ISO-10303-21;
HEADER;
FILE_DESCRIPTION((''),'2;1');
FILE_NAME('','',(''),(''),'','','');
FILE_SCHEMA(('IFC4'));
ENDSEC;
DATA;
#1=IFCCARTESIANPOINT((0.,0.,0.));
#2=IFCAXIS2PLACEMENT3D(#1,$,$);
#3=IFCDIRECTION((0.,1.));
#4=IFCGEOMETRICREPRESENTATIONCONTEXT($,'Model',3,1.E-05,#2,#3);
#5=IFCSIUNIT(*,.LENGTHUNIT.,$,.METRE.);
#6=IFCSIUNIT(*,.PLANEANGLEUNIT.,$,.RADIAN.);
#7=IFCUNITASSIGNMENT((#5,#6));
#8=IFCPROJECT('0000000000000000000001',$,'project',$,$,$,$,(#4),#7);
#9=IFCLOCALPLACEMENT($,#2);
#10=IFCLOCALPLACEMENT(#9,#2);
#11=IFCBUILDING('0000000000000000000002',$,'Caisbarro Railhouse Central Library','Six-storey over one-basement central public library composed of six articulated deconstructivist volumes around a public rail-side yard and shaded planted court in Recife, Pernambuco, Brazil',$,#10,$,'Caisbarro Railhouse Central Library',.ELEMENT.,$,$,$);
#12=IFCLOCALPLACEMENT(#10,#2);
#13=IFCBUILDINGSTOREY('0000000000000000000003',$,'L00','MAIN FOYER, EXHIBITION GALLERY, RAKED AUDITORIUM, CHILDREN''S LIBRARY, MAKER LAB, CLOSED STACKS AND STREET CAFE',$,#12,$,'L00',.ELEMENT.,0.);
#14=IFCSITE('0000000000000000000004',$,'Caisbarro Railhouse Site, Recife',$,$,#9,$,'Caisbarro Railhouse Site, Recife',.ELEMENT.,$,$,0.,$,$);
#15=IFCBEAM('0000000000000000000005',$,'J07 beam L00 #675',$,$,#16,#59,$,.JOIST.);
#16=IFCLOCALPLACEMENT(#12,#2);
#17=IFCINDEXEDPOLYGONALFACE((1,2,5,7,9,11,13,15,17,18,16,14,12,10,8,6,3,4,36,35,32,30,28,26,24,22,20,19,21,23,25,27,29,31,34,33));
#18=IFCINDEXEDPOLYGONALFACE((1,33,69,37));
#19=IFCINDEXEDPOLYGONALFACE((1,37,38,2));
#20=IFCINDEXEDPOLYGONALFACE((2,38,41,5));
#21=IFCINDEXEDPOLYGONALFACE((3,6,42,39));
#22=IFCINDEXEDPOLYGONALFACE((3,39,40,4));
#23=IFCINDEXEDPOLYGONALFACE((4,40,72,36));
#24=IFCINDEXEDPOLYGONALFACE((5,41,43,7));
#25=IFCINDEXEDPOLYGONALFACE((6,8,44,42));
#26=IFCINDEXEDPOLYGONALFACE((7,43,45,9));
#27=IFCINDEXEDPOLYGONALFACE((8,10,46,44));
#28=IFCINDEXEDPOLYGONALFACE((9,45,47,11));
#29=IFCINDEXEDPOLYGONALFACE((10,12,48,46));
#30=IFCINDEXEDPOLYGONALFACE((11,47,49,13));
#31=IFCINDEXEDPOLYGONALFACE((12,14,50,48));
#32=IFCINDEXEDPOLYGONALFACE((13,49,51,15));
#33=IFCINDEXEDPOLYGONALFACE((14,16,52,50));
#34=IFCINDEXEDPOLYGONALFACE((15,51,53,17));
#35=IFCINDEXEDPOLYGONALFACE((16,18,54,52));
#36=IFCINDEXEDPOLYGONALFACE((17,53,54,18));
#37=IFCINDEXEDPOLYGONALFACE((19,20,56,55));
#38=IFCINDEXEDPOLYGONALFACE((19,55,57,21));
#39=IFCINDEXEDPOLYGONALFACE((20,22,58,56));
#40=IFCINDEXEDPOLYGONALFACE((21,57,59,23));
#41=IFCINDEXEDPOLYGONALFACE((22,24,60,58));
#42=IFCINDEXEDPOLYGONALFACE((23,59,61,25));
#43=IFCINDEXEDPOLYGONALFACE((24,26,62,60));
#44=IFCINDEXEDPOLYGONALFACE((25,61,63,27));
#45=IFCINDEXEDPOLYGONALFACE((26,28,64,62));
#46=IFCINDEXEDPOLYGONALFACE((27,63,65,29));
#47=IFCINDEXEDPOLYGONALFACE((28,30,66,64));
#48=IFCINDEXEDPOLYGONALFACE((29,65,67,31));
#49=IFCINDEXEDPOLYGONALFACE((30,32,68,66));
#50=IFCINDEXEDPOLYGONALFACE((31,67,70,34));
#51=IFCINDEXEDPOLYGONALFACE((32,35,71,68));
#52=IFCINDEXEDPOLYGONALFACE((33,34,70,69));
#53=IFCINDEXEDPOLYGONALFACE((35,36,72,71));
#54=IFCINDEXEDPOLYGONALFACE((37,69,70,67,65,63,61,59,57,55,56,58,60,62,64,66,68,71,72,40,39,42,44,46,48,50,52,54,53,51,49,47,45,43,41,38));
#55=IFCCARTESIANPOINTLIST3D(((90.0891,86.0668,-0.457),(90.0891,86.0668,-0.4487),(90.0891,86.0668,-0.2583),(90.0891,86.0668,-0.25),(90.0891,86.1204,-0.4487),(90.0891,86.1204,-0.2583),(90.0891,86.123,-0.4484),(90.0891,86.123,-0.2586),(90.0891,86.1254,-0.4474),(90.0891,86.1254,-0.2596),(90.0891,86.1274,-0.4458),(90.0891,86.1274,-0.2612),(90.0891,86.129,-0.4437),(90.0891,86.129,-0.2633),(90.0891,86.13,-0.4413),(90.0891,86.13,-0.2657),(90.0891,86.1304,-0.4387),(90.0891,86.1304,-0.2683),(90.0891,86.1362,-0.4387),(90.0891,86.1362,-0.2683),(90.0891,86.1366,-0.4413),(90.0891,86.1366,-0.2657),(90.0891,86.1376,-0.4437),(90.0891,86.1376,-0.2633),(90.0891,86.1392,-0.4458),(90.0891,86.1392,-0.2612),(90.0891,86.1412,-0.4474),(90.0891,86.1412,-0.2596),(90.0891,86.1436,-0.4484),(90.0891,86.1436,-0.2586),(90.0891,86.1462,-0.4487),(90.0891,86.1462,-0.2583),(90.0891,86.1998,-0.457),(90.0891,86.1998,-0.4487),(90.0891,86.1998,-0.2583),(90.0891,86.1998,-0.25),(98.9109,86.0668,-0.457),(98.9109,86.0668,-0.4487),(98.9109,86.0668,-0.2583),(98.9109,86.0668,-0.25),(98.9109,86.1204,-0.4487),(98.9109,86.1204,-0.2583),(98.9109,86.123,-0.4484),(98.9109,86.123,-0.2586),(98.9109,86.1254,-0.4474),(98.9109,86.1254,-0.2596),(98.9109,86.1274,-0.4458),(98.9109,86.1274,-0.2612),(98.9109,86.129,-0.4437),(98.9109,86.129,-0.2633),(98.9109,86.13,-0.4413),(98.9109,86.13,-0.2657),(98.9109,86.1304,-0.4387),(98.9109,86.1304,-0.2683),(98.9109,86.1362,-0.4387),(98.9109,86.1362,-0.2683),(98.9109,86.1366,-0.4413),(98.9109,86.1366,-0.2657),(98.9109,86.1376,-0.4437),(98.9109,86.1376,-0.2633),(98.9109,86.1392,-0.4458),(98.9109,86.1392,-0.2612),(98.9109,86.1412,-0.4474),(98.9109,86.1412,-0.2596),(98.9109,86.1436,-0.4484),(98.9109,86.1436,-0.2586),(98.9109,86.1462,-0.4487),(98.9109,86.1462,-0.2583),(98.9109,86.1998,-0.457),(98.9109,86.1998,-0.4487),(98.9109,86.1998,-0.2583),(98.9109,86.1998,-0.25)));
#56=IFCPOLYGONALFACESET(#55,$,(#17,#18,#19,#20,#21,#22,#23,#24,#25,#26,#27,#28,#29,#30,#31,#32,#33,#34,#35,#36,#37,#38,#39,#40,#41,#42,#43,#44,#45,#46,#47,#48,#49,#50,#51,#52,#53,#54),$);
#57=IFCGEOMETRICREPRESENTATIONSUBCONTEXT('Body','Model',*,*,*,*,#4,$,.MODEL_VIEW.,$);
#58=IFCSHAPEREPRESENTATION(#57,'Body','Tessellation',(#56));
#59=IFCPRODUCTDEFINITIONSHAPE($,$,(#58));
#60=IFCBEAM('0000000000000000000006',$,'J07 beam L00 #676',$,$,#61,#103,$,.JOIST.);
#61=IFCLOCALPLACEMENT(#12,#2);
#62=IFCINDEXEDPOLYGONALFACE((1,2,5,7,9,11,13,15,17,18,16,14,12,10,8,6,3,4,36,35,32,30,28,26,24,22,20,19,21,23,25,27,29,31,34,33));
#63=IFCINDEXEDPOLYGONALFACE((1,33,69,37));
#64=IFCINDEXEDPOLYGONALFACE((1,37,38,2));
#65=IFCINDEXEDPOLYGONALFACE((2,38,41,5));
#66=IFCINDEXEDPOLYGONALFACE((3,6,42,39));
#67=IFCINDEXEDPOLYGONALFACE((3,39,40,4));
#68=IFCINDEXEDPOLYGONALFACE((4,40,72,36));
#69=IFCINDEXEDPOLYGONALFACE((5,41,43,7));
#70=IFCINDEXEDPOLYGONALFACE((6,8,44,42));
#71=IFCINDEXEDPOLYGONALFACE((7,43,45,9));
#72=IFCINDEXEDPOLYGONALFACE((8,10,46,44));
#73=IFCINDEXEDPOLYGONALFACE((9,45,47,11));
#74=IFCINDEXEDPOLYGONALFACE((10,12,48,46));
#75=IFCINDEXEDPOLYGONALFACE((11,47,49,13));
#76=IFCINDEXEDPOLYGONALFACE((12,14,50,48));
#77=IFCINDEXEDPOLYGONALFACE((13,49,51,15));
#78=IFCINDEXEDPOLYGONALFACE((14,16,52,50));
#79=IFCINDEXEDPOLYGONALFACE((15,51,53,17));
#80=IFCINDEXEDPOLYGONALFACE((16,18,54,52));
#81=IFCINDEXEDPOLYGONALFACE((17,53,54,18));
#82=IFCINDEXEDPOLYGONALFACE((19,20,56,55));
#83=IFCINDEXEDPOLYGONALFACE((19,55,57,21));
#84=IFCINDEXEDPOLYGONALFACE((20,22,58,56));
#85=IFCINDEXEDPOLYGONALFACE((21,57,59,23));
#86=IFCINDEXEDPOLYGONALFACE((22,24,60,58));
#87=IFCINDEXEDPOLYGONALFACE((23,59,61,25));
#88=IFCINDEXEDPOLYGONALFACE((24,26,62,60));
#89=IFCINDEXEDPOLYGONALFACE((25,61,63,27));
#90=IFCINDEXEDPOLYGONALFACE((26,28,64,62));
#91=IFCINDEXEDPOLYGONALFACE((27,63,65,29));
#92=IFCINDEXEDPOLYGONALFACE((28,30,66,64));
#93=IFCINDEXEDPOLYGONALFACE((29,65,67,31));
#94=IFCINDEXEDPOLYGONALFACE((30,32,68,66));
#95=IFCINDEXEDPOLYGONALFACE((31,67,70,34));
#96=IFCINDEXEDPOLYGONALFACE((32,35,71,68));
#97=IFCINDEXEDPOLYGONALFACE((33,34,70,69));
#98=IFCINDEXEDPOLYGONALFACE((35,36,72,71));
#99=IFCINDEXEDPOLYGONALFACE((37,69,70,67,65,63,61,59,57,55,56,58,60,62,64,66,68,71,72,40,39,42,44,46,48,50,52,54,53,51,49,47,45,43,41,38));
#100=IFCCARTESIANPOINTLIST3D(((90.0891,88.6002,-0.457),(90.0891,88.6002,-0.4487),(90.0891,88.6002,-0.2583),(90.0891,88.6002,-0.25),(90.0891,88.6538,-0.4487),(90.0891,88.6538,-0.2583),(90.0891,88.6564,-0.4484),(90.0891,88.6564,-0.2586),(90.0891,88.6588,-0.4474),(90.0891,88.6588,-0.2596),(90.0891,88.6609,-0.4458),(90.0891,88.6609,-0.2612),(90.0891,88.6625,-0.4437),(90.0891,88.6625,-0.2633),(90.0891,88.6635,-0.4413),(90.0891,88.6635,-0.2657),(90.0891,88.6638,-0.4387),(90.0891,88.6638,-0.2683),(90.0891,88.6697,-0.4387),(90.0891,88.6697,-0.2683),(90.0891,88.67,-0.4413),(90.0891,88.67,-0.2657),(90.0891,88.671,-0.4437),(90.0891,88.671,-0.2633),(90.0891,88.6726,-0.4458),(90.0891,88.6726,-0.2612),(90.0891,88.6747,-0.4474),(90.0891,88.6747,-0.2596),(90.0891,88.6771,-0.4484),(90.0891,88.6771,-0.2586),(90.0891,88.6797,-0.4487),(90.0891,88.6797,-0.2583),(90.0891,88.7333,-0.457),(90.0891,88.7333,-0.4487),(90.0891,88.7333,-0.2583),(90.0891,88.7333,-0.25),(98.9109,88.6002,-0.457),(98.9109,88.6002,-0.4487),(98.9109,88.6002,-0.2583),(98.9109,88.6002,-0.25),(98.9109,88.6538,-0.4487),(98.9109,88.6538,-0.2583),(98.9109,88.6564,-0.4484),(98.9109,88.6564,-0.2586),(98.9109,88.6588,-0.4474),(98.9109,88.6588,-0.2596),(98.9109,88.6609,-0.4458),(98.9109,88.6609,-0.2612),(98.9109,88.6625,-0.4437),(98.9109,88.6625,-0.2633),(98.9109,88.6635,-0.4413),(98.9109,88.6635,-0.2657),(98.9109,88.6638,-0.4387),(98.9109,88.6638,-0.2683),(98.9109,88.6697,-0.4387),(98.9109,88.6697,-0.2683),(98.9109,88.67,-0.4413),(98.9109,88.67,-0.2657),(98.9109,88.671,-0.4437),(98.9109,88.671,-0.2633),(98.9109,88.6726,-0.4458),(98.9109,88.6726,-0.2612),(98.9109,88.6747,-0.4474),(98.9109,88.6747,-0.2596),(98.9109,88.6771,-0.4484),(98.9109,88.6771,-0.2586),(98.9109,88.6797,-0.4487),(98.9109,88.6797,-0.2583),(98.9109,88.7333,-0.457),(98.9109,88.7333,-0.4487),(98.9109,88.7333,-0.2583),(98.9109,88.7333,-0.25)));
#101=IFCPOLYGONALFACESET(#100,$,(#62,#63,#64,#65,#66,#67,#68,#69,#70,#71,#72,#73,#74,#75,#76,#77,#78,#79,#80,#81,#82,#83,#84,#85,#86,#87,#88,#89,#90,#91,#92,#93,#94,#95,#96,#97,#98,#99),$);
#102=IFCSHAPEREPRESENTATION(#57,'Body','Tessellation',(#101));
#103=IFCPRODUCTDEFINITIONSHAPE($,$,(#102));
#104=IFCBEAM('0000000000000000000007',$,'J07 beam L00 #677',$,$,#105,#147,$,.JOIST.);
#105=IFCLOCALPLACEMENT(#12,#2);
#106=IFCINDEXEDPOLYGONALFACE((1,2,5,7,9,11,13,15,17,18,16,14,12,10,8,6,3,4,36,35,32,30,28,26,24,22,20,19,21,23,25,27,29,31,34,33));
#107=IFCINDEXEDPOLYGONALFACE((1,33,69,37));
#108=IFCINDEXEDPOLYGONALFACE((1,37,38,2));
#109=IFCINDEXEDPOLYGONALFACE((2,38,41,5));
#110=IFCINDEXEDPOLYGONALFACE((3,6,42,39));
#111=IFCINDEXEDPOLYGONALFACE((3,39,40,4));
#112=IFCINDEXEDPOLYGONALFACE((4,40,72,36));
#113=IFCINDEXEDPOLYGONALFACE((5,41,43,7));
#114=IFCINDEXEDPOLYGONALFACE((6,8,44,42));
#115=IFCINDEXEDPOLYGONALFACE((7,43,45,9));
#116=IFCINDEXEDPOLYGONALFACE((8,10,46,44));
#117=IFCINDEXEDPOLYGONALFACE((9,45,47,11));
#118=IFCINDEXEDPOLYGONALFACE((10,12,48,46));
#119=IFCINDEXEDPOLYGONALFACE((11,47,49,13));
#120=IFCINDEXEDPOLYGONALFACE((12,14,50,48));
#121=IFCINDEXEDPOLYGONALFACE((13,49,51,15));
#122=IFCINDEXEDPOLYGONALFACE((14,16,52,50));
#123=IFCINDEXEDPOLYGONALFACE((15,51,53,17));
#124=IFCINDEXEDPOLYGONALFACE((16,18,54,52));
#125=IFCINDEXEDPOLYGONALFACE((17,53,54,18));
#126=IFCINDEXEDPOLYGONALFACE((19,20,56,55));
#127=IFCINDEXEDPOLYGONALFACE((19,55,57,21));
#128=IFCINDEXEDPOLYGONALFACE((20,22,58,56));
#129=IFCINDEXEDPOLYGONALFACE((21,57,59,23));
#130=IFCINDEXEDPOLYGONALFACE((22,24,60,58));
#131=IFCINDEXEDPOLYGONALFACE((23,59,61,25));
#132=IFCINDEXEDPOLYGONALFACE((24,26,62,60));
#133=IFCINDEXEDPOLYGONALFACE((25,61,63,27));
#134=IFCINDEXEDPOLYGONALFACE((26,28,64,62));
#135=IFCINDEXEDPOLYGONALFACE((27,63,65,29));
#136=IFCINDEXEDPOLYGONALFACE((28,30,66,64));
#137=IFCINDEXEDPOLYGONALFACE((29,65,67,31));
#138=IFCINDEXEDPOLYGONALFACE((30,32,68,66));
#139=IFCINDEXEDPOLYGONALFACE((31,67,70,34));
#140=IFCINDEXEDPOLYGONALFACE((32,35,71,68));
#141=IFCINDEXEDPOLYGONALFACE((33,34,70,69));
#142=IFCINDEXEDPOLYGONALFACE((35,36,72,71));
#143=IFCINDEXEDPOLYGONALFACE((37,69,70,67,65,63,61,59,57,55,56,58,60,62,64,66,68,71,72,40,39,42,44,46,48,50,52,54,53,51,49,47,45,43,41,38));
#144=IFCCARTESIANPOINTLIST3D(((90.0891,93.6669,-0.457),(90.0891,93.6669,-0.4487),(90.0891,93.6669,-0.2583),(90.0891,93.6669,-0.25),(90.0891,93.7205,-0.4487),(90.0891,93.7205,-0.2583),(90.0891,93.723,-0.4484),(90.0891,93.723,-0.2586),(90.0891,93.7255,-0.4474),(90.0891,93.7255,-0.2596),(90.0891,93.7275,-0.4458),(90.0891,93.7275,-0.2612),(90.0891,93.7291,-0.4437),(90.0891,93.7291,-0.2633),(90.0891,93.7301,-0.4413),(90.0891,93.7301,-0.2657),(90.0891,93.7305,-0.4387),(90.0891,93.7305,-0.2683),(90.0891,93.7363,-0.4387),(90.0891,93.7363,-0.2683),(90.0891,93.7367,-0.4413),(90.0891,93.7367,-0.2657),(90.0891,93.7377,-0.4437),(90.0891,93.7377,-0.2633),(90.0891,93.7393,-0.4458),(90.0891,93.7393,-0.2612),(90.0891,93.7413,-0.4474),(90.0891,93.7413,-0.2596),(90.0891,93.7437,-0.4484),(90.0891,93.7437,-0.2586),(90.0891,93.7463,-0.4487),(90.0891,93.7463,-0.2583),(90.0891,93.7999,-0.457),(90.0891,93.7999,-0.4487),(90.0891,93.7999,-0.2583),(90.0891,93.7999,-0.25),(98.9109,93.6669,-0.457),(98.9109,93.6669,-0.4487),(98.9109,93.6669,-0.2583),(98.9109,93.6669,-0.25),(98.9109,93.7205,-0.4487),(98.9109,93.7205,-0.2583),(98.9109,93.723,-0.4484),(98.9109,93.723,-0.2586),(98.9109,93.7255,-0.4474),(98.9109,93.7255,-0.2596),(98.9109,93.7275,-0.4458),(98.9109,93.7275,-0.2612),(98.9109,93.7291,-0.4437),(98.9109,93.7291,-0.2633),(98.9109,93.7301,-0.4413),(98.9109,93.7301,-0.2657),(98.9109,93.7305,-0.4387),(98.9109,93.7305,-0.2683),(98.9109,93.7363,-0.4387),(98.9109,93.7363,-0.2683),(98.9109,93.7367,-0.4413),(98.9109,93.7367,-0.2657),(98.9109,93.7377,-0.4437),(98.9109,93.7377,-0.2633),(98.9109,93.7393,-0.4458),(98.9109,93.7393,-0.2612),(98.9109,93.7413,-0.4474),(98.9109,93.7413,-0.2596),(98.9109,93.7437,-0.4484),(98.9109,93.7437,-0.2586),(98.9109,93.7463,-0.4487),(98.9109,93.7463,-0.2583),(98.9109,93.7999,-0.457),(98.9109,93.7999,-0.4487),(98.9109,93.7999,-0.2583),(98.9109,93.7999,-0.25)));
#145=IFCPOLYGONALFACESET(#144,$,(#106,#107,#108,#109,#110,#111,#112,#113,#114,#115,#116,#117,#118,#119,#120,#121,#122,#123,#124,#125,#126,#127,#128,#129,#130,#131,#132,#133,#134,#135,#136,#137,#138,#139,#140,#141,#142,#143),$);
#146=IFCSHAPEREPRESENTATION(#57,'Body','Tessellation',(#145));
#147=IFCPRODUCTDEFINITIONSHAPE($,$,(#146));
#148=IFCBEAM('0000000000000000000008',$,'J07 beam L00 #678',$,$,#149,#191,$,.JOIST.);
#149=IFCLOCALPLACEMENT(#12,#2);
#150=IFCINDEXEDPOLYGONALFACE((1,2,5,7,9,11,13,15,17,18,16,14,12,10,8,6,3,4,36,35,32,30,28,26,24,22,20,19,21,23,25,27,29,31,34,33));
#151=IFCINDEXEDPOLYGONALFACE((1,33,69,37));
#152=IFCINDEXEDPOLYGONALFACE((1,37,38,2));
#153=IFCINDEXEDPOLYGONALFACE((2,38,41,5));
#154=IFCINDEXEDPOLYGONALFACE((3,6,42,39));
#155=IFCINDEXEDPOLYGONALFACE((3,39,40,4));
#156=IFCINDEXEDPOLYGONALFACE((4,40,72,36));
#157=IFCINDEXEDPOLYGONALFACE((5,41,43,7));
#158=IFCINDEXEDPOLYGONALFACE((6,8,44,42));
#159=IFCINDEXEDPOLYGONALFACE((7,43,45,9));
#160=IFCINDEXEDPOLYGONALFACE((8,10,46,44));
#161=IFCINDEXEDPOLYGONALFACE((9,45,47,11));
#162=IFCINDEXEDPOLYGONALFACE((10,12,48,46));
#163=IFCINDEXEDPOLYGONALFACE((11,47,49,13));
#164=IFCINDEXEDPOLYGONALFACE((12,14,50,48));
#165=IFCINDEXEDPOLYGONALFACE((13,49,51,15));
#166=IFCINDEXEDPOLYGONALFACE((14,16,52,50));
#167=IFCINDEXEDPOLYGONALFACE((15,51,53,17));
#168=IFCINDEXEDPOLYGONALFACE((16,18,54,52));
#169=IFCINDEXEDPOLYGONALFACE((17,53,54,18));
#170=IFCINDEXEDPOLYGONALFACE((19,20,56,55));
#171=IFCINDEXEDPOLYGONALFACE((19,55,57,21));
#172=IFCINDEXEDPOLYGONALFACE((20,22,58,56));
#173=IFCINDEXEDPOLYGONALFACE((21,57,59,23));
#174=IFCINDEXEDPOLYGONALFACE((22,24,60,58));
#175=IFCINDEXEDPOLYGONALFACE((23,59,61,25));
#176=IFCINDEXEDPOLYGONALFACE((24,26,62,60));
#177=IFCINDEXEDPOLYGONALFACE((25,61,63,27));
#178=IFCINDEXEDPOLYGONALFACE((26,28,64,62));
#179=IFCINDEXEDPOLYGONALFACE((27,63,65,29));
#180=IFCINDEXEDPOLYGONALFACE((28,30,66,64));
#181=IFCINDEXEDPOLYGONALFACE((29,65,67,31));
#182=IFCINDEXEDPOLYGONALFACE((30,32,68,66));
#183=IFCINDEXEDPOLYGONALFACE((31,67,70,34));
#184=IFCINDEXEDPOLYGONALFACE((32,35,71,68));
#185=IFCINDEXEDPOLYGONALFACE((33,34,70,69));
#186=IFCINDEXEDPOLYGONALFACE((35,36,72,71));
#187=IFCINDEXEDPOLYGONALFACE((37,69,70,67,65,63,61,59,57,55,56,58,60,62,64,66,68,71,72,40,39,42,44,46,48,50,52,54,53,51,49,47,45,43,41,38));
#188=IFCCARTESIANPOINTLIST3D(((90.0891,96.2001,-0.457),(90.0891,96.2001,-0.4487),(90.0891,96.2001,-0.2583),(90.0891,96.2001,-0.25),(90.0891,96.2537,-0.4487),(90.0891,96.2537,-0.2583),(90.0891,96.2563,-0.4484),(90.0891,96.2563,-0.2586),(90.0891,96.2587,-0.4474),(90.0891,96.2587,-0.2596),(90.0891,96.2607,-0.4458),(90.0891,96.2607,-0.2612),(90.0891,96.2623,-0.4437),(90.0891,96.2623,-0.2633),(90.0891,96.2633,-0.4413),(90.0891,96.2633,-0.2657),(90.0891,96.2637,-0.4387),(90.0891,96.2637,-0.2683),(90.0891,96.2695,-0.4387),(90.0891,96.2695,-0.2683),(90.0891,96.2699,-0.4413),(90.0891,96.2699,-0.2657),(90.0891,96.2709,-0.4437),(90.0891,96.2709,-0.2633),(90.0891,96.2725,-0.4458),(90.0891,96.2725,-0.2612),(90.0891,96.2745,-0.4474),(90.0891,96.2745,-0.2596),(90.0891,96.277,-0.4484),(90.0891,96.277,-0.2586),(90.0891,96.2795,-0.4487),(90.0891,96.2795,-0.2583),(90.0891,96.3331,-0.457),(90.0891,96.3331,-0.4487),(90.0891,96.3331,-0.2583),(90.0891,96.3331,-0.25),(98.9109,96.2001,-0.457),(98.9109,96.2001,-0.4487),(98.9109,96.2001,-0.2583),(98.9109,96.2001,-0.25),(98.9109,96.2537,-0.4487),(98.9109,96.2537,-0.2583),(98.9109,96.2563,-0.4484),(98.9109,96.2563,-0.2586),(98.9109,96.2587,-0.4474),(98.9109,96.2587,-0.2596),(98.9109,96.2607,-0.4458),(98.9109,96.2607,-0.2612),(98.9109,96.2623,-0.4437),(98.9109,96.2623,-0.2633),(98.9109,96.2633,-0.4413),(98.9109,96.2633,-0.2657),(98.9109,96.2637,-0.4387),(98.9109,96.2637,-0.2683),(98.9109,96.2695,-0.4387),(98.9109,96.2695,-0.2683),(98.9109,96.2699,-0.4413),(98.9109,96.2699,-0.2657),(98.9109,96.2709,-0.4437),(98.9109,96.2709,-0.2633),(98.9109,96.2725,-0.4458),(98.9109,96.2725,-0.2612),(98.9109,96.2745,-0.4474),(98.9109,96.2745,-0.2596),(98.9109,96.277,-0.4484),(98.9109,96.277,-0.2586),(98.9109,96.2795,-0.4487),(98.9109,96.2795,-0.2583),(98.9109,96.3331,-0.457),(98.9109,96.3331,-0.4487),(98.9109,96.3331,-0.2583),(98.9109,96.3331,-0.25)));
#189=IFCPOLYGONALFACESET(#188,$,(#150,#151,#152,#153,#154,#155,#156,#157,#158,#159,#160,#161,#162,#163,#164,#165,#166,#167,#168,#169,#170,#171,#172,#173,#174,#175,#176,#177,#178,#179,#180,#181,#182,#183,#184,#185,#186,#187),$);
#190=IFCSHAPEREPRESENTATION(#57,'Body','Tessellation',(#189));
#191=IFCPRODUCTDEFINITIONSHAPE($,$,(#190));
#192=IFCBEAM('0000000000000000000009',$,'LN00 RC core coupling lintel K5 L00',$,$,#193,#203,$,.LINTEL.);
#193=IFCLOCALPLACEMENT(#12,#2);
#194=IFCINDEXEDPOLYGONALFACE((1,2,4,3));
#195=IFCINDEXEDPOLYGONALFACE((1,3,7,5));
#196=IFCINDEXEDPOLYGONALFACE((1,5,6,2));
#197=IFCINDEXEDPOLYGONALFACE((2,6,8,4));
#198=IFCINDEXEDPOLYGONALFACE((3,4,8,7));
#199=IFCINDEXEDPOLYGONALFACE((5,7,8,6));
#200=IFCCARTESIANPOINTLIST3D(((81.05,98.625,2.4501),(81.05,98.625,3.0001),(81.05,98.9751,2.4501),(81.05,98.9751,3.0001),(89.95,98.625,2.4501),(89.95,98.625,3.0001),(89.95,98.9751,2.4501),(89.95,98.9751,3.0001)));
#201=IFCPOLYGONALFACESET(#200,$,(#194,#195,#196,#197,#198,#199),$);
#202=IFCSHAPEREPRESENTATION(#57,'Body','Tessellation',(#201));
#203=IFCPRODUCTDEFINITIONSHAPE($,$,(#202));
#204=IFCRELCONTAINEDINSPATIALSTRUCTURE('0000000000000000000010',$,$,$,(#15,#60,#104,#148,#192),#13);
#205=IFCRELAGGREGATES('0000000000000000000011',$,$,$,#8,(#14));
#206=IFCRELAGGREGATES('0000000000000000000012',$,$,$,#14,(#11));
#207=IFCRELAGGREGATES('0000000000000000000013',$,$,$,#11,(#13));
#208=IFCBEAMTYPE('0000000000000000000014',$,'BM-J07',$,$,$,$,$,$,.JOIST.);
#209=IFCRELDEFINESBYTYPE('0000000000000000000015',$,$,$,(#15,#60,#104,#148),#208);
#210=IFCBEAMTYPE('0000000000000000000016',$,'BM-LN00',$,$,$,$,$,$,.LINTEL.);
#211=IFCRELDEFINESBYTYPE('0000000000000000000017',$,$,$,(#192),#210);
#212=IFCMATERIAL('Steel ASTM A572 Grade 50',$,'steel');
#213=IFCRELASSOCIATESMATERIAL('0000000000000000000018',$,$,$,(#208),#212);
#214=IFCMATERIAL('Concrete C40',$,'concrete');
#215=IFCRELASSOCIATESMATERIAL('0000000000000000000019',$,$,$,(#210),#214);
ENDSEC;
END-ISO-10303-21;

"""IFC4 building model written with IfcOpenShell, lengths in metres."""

from ifc_helpers import new_model, si_unit, direction, frame, origin, origin_2d, place, context, subcontext, project, spatial, rectangle, i_section, extrude, material, material_profile, profile_set, type_object, element, save


model = new_model("IFC4")

# Units and contexts
model_context = context("Model", 3, precision=1e-05, world=origin(), true_north=direction((0.0, 1.0)))
body_context = subcontext(model_context, "Body", "Model", "MODEL_VIEW")
ifc_project = project(units=[si_unit("LENGTHUNIT", "METRE"), si_unit("PLANEANGLEUNIT", "RADIAN")], contexts=[model_context])

# Site, building, storey
site_placement = place(None, origin())
site = spatial("IfcSite", under=ifc_project, at=site_placement, Name="Caisbarro Railhouse Site, Recife", LongName="Caisbarro Railhouse Site, Recife", CompositionType="ELEMENT", RefElevation=0.0)
building_placement = place(site_placement, origin())
building = spatial("IfcBuilding", under=site, at=building_placement, Name="Caisbarro Railhouse Central Library", Description="Six-storey over one-basement central public library composed of six articulated deconstructivist volumes around a public rail-side yard and shaded planted court in Recife, Pernambuco, Brazil", LongName="Caisbarro Railhouse Central Library", CompositionType="ELEMENT")
storey_placement = place(building_placement, origin())
storey = spatial("IfcBuildingStorey", under=building, at=storey_placement, Name="L00", Description="MAIN FOYER, EXHIBITION GALLERY, RAKED AUDITORIUM, CHILDREN'S LIBRARY, MAKER LAB, CLOSED STACKS AND STREET CAFE", LongName="L00", CompositionType="ELEMENT", Elevation=0.0)

# Shared definitions
ifc_material_1 = material(Name="Steel ASTM A572 Grade 50", Category="steel")

# Beams
ifc_material_profile_1 = material_profile(ifc_material_1, i_section(OverallWidth=0.1331, OverallDepth=0.207, WebThickness=0.0059, FlangeThickness=0.0083, FilletRadius=0.01, at=origin_2d()), Name="W200X26.6")
ifc_profile_set_1 = profile_set([ifc_material_profile_1], Name="Steel ASTM A572 Grade 50")
beam_type_1 = type_object("IfcBeamType", Name="BM-J07", PredefinedType="JOIST", material=ifc_profile_set_1)
for number, where, z_axis, x_axis, name in (
    (1, (90.0891, 86.1333, -0.3535), (1.0, 0.0, 0.0), (0.0, 1.0, 0.0), "J07 beam L00 #675"),
    (2, (90.0891, 88.6667, -0.3535), (1.0, 0.0, 0.0), (0.0, 1.0, 0.0), "J07 beam L00 #676"),
    (3, (90.0891, 93.7334, -0.3535), (1.0, 0.0, 0.0), (0.0, 1.0, 0.0), "J07 beam L00 #677"),
    (4, (90.0891, 96.2666, -0.3535), (1.0, 0.0, 0.0), (0.0, 1.0, 0.0), "J07 beam L00 #678"),
):
    element("IfcBeam", number, at=place(storey_placement, frame(where, z_axis=z_axis, x_axis=x_axis)), inside=storey, type_object=beam_type_1, Name=name, PredefinedType="JOIST", context=body_context, shape_type="SweptSolid", body=[
        extrude(i_section(OverallWidth=0.1331, OverallDepth=0.207, WebThickness=0.0059, FlangeThickness=0.0083, FilletRadius=0.01, at=origin_2d()), origin(), (0.0, 0.0, 1.0), 8.8218),
    ])
ifc_material_2 = material(Name="Concrete C40", Category="concrete")
ifc_material_profile_2 = material_profile(ifc_material_2, rectangle(XDim=0.3501, YDim=0.55, at=origin_2d()), Name="RC-LIN-350X550")
ifc_profile_set_2 = profile_set([ifc_material_profile_2], Name="Concrete C40")
beam_type_2 = type_object("IfcBeamType", Name="BM-LN00", PredefinedType="LINTEL", material=ifc_profile_set_2)
beam_1_placement = place(storey_placement, frame((81.05, 98.8, 2.7251), z_axis=(1.0, 0.0, 0.0), x_axis=(0.0, 1.0, 0.0)))
element("IfcBeam", 5, at=beam_1_placement, inside=storey, type_object=beam_type_2, Name="LN00 RC core coupling lintel K5 L00", PredefinedType="LINTEL", context=body_context, shape_type="SweptSolid", body=[
    extrude(rectangle(XDim=0.3501, YDim=0.55, at=origin_2d()), origin(), (0.0, 0.0, 1.0), 8.8999),
])

save(model, "model.ifc")
